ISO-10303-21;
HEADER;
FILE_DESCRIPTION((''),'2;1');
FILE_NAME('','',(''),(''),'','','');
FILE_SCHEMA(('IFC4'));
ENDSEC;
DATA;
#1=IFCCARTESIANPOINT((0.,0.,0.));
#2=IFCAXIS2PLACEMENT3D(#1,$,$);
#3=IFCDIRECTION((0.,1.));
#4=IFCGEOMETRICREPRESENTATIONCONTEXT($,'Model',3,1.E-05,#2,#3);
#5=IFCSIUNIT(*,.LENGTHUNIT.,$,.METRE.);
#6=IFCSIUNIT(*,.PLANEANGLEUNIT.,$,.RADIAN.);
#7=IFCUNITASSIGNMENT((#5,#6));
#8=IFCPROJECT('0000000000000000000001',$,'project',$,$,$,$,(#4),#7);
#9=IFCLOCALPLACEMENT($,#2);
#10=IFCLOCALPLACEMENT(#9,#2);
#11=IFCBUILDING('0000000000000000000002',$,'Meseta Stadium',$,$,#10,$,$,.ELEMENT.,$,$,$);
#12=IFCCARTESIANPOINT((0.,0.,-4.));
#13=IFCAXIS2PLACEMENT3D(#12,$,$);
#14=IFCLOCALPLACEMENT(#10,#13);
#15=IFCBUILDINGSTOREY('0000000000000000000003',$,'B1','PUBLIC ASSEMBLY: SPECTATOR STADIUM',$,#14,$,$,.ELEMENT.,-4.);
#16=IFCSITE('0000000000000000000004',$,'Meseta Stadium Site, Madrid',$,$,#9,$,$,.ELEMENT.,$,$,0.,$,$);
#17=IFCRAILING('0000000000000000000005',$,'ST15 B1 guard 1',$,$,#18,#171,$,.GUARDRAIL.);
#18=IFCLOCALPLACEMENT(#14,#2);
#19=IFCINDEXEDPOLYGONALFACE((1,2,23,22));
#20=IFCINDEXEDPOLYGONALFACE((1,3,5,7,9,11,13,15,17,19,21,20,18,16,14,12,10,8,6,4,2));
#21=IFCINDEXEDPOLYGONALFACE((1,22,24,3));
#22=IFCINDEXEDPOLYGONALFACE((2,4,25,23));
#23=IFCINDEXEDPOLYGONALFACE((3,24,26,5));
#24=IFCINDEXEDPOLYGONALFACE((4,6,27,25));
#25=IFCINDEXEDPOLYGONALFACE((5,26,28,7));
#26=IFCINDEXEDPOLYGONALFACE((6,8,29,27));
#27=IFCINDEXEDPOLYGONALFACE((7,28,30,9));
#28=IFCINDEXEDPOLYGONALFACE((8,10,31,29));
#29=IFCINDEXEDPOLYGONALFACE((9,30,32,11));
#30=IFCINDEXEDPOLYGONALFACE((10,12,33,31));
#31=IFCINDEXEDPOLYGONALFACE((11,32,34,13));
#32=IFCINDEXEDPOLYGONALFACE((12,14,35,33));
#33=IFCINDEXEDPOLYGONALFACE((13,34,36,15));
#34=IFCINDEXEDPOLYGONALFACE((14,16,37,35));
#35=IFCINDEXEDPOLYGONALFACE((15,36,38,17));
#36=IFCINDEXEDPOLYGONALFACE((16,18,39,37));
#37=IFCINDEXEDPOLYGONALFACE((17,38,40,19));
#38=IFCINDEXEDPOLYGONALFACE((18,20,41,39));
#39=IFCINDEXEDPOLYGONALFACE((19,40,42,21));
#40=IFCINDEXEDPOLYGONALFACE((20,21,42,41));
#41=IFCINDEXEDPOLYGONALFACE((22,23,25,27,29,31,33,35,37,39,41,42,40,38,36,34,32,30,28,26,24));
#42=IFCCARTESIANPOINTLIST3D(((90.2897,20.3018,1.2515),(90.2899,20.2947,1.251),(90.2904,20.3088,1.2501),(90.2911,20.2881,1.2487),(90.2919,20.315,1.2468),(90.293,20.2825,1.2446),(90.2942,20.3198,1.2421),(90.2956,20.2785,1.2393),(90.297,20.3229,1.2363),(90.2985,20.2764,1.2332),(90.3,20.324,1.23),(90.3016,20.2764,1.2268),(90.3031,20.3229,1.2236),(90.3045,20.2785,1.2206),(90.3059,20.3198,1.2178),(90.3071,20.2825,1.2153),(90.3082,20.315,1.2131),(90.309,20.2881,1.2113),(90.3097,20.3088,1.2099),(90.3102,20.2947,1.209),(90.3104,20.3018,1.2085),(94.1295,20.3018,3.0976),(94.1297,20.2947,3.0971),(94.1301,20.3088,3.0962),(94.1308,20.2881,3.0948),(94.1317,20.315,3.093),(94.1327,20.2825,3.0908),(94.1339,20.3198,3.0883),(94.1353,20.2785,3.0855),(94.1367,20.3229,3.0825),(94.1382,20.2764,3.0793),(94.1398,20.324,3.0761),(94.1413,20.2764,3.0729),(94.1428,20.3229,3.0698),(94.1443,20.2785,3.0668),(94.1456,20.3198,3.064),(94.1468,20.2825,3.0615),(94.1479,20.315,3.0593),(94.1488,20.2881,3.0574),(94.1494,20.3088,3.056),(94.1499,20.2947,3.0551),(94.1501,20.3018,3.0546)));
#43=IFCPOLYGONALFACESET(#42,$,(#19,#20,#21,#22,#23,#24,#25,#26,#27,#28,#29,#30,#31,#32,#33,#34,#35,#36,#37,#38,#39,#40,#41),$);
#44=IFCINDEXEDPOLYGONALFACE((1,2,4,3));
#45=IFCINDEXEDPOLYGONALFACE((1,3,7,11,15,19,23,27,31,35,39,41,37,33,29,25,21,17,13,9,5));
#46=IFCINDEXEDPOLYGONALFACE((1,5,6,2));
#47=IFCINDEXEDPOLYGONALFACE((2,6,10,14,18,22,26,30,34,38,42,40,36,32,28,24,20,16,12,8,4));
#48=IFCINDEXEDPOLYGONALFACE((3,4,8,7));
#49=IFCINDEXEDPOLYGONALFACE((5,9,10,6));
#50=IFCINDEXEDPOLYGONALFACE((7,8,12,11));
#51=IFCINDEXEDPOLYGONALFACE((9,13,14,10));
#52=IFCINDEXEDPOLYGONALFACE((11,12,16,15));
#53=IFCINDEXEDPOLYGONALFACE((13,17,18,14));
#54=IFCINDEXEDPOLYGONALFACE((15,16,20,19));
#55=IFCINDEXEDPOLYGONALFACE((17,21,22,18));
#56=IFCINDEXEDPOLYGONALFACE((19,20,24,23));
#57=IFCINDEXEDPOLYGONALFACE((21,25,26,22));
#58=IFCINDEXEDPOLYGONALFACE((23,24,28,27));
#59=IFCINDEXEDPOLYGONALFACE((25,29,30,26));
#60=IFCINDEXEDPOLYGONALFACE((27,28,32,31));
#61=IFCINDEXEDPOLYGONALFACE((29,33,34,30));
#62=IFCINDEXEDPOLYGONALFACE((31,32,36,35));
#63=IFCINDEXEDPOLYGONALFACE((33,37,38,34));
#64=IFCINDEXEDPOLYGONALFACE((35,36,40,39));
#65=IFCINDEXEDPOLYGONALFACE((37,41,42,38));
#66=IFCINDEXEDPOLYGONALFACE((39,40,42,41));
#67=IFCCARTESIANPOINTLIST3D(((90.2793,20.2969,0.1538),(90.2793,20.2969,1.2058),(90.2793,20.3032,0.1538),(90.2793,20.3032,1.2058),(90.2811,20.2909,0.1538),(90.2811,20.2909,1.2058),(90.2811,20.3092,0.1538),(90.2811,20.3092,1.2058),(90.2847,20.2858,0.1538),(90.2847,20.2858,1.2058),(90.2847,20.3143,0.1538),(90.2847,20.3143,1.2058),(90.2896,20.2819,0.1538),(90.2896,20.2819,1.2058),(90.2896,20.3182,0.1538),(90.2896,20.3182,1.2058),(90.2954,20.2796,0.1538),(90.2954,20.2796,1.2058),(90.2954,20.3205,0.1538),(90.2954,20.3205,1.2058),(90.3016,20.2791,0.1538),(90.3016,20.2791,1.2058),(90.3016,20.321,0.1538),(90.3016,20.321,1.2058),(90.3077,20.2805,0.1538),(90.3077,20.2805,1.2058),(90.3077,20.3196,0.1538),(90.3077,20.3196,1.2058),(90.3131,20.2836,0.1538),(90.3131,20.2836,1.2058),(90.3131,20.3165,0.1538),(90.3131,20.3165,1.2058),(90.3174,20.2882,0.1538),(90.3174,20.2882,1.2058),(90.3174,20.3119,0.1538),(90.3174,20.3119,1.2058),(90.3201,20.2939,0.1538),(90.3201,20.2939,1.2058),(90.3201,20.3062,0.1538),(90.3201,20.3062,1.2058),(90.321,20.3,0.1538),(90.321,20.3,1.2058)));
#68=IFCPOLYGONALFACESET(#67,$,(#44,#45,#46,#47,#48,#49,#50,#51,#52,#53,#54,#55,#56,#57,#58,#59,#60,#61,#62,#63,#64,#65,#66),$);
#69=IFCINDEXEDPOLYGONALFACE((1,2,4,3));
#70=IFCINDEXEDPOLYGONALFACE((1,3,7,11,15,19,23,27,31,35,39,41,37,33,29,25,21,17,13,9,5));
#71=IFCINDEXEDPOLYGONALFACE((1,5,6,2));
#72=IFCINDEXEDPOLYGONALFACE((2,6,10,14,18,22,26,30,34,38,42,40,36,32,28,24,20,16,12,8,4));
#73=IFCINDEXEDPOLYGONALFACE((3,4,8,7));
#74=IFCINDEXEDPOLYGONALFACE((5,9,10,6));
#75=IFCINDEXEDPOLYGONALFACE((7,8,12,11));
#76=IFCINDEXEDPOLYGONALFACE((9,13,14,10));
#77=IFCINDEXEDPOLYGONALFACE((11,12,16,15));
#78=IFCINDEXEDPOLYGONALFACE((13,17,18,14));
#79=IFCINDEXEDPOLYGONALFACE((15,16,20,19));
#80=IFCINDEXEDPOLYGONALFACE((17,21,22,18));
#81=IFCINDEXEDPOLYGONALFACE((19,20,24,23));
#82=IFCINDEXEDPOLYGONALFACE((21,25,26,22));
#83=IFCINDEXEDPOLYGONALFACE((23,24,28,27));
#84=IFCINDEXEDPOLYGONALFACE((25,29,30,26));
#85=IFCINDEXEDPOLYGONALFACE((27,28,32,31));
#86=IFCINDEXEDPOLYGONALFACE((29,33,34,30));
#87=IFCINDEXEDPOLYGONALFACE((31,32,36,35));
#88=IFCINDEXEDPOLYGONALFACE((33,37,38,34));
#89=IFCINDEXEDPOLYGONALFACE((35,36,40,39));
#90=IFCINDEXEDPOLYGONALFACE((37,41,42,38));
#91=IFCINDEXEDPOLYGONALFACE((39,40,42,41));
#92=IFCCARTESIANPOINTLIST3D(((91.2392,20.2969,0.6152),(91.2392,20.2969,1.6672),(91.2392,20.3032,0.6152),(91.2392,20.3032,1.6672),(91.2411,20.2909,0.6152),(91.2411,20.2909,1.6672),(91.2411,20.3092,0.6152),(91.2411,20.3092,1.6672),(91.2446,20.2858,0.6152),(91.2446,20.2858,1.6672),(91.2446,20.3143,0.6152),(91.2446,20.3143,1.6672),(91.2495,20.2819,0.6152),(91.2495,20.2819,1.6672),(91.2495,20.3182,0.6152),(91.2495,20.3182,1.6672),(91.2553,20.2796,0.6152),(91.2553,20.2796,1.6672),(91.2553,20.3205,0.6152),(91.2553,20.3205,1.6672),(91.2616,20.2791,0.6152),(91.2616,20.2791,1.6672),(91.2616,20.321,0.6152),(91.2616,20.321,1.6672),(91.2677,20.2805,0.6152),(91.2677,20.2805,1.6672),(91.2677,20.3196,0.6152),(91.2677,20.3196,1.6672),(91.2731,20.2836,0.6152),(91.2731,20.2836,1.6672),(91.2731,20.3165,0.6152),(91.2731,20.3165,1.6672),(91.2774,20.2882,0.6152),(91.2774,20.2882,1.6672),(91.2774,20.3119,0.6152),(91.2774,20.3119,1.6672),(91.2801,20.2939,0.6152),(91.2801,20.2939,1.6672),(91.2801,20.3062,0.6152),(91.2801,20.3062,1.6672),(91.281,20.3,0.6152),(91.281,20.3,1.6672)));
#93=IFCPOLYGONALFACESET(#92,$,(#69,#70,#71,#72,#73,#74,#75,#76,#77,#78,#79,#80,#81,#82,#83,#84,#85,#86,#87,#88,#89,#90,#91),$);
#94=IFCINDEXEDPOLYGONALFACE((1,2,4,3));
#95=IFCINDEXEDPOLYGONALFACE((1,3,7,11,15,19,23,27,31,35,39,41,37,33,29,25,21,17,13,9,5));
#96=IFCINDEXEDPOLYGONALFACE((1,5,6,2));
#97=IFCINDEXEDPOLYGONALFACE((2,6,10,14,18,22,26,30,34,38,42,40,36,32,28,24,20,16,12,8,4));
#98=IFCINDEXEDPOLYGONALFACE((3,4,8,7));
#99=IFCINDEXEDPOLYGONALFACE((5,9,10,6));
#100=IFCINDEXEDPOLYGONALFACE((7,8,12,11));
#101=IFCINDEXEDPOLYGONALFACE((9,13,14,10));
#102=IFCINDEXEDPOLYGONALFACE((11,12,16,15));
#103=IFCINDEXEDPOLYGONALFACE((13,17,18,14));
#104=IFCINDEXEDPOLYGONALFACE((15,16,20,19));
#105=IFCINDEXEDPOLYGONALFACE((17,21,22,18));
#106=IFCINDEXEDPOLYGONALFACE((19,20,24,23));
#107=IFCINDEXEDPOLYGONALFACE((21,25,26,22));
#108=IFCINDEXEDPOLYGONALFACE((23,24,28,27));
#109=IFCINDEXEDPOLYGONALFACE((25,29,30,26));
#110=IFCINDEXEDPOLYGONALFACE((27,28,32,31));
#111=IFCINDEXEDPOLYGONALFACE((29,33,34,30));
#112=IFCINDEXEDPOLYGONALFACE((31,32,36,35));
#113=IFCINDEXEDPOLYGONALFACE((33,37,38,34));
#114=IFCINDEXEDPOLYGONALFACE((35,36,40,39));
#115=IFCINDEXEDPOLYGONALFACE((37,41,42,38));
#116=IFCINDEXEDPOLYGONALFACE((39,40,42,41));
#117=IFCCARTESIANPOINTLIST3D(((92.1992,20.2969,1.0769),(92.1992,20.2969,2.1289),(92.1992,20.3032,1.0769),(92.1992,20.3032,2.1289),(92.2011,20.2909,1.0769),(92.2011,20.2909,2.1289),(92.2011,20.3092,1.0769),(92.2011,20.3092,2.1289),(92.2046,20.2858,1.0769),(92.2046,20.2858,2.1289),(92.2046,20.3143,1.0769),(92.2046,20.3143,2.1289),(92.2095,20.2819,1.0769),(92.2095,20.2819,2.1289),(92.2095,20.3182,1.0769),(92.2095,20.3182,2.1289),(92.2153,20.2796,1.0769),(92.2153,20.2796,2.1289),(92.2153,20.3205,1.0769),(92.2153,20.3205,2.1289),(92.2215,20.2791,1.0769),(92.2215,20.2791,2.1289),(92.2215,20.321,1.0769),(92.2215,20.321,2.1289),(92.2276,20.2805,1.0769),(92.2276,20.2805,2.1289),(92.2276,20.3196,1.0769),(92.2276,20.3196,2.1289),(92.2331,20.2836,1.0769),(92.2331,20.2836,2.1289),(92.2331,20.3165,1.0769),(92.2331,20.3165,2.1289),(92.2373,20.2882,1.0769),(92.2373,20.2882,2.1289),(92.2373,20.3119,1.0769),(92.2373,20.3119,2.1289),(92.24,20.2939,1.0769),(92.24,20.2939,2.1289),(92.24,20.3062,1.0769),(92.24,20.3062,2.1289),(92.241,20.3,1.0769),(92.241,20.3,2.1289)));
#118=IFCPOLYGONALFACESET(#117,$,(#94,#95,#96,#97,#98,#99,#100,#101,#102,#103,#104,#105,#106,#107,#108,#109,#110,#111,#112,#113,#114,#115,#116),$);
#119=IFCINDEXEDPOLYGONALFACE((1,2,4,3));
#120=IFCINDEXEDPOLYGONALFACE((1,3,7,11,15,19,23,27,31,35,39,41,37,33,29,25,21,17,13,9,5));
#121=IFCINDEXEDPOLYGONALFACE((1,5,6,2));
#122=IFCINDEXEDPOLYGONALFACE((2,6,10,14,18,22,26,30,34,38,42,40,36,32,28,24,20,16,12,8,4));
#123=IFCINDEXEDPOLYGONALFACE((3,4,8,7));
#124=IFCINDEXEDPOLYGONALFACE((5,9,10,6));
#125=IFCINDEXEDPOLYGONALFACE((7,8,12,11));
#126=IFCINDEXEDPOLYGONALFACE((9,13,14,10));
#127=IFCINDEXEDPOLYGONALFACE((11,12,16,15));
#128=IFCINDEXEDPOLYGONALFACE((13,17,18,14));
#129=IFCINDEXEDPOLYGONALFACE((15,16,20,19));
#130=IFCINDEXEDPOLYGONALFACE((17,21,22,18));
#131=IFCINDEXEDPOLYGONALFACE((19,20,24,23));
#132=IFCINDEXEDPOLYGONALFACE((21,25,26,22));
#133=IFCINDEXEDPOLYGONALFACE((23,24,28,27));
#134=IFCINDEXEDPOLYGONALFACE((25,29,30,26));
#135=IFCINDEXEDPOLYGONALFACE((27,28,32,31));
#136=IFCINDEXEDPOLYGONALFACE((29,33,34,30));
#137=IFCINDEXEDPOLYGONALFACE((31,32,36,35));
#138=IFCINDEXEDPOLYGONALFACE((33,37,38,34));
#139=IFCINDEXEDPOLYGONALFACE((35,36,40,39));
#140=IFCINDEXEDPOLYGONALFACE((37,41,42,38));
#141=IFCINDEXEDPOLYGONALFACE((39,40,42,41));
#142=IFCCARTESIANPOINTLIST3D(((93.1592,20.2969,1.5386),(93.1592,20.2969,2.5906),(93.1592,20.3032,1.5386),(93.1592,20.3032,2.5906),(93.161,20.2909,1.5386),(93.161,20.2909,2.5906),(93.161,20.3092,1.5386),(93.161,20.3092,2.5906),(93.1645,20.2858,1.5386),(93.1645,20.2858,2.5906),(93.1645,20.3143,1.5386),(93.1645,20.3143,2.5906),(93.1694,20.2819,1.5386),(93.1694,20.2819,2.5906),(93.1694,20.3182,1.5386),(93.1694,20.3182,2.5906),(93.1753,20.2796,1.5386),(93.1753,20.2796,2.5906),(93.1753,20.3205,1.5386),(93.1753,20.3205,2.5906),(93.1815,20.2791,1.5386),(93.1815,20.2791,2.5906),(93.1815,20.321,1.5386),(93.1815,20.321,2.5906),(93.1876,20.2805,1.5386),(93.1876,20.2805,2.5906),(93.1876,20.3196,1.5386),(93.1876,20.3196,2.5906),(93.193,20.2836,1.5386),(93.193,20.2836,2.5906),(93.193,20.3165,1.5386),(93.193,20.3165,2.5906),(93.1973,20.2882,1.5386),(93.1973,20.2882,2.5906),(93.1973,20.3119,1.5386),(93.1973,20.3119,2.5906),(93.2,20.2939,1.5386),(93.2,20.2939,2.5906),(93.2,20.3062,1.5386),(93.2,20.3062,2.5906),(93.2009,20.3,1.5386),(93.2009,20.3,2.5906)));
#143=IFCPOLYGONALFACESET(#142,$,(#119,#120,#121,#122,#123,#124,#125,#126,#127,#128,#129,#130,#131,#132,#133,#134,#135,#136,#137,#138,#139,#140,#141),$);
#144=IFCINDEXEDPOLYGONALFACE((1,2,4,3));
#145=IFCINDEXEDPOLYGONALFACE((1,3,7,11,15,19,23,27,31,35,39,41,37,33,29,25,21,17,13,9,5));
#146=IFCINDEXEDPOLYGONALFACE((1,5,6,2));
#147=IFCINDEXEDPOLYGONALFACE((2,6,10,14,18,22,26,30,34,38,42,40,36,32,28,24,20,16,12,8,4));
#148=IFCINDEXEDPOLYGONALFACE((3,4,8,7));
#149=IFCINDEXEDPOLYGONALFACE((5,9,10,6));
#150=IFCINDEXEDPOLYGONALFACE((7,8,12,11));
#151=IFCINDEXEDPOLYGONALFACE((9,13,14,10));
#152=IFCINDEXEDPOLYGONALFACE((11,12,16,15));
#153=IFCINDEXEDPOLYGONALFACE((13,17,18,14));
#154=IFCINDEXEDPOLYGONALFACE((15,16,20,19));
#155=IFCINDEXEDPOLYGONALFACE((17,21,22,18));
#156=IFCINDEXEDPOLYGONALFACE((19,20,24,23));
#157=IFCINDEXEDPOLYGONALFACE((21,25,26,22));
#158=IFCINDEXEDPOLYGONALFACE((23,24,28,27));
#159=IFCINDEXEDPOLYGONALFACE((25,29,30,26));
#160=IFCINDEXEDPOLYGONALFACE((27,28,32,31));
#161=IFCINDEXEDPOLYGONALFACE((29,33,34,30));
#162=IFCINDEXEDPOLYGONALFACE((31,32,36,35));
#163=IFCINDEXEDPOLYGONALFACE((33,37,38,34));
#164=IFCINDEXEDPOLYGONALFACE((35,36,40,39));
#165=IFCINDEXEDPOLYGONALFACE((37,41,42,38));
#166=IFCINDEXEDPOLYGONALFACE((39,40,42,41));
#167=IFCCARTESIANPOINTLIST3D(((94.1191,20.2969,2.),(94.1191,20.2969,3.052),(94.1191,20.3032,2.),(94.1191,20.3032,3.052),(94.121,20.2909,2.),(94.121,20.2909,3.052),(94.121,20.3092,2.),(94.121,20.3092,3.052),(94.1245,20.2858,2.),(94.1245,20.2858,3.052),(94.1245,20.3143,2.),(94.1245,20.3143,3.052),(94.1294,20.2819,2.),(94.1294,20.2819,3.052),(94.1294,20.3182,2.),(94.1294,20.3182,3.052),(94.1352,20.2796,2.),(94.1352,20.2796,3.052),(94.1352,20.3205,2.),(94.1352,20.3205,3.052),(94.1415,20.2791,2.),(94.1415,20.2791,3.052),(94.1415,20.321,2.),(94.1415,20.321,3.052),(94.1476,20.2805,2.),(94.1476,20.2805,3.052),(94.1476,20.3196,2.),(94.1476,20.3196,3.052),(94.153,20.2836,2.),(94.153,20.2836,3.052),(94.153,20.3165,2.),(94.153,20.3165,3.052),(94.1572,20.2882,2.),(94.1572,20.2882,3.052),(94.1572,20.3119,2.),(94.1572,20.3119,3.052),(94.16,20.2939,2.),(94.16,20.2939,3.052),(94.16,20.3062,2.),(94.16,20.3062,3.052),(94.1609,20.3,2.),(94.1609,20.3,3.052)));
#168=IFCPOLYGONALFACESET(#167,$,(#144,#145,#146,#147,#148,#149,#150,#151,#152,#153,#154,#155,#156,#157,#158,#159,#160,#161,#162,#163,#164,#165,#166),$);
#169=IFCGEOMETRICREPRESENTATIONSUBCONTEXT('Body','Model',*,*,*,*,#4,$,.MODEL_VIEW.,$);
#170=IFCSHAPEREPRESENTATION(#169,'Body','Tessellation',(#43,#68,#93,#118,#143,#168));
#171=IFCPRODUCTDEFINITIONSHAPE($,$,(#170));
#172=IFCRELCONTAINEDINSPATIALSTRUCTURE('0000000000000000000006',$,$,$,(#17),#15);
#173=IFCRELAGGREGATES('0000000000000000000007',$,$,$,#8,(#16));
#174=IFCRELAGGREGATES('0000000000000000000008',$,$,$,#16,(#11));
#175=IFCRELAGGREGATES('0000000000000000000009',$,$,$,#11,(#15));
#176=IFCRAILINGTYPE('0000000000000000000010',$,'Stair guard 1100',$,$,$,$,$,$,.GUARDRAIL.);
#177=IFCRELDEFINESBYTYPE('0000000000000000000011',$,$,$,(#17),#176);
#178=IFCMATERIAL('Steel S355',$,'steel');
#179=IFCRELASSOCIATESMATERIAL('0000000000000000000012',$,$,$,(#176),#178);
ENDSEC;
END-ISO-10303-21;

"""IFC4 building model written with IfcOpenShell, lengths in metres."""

from ifc_helpers import new_model, si_unit, direction, frame, origin, origin_2d, place, context, subcontext, project, spatial, circle, extrude, material, type_object, element, save


model = new_model("IFC4")

# Units and contexts
model_context = context("Model", 3, precision=1e-05, world=origin(), true_north=direction((0.0, 1.0)))
body_context = subcontext(model_context, "Body", "Model", "MODEL_VIEW")
ifc_project = project(units=[si_unit("LENGTHUNIT", "METRE"), si_unit("PLANEANGLEUNIT", "RADIAN")], contexts=[model_context])

# Site, building, storey
site_placement = place(None, origin())
site = spatial("IfcSite", under=ifc_project, at=site_placement, Name="Meseta Stadium Site, Madrid", CompositionType="ELEMENT", RefElevation=0.0)
building_placement = place(site_placement, origin())
building = spatial("IfcBuilding", under=site, at=building_placement, Name="Meseta Stadium", CompositionType="ELEMENT")
storey_placement = place(building_placement, frame((0.0, 0.0, -4.0)))
storey = spatial("IfcBuildingStorey", under=building, at=storey_placement, Name="B1", Description="PUBLIC ASSEMBLY: SPECTATOR STADIUM", CompositionType="ELEMENT", Elevation=-4.0)

# Railing
ifc_material_1 = material(Name="Steel S355", Category="steel")
railing_type_1 = type_object("IfcRailingType", Name="Stair guard 1100", PredefinedType="GUARDRAIL", material=ifc_material_1)
railing_1_placement = place(storey_placement, frame((90.3, 20.3, 0.1538)))
element("IfcRailing", 1, at=railing_1_placement, inside=storey, type_object=railing_type_1, Name="ST15 B1 guard 1", PredefinedType="GUARDRAIL", context=body_context, shape_type="SweptSolid", body=[
    extrude(circle(Radius=0.0239, at=origin_2d()), frame((0.0, 0.0, 1.0762), z_axis=(0.901242, 0.0, 0.433316), x_axis=(0.0, 1.0, 0.0)), (0.0, 0.0, 1.0), 4.2605),
    extrude(circle(Radius=0.021, at=origin_2d()), origin(), (0.0, 0.0, 1.0), 1.052),
    extrude(circle(Radius=0.021, at=origin_2d()), frame((0.96, 0.0, 0.4614)), (0.0, 0.0, 1.0), 1.052),
    extrude(circle(Radius=0.021, at=origin_2d()), frame((1.9199, 0.0, 0.9231)), (0.0, 0.0, 1.0), 1.052),
    extrude(circle(Radius=0.021, at=origin_2d()), frame((2.8799, 0.0, 1.3848)), (0.0, 0.0, 1.0), 1.052),
    extrude(circle(Radius=0.021, at=origin_2d()), frame((3.8398, 0.0, 1.8462)), (0.0, 0.0, 1.0), 1.052),
])

save(model, "model.ifc")
